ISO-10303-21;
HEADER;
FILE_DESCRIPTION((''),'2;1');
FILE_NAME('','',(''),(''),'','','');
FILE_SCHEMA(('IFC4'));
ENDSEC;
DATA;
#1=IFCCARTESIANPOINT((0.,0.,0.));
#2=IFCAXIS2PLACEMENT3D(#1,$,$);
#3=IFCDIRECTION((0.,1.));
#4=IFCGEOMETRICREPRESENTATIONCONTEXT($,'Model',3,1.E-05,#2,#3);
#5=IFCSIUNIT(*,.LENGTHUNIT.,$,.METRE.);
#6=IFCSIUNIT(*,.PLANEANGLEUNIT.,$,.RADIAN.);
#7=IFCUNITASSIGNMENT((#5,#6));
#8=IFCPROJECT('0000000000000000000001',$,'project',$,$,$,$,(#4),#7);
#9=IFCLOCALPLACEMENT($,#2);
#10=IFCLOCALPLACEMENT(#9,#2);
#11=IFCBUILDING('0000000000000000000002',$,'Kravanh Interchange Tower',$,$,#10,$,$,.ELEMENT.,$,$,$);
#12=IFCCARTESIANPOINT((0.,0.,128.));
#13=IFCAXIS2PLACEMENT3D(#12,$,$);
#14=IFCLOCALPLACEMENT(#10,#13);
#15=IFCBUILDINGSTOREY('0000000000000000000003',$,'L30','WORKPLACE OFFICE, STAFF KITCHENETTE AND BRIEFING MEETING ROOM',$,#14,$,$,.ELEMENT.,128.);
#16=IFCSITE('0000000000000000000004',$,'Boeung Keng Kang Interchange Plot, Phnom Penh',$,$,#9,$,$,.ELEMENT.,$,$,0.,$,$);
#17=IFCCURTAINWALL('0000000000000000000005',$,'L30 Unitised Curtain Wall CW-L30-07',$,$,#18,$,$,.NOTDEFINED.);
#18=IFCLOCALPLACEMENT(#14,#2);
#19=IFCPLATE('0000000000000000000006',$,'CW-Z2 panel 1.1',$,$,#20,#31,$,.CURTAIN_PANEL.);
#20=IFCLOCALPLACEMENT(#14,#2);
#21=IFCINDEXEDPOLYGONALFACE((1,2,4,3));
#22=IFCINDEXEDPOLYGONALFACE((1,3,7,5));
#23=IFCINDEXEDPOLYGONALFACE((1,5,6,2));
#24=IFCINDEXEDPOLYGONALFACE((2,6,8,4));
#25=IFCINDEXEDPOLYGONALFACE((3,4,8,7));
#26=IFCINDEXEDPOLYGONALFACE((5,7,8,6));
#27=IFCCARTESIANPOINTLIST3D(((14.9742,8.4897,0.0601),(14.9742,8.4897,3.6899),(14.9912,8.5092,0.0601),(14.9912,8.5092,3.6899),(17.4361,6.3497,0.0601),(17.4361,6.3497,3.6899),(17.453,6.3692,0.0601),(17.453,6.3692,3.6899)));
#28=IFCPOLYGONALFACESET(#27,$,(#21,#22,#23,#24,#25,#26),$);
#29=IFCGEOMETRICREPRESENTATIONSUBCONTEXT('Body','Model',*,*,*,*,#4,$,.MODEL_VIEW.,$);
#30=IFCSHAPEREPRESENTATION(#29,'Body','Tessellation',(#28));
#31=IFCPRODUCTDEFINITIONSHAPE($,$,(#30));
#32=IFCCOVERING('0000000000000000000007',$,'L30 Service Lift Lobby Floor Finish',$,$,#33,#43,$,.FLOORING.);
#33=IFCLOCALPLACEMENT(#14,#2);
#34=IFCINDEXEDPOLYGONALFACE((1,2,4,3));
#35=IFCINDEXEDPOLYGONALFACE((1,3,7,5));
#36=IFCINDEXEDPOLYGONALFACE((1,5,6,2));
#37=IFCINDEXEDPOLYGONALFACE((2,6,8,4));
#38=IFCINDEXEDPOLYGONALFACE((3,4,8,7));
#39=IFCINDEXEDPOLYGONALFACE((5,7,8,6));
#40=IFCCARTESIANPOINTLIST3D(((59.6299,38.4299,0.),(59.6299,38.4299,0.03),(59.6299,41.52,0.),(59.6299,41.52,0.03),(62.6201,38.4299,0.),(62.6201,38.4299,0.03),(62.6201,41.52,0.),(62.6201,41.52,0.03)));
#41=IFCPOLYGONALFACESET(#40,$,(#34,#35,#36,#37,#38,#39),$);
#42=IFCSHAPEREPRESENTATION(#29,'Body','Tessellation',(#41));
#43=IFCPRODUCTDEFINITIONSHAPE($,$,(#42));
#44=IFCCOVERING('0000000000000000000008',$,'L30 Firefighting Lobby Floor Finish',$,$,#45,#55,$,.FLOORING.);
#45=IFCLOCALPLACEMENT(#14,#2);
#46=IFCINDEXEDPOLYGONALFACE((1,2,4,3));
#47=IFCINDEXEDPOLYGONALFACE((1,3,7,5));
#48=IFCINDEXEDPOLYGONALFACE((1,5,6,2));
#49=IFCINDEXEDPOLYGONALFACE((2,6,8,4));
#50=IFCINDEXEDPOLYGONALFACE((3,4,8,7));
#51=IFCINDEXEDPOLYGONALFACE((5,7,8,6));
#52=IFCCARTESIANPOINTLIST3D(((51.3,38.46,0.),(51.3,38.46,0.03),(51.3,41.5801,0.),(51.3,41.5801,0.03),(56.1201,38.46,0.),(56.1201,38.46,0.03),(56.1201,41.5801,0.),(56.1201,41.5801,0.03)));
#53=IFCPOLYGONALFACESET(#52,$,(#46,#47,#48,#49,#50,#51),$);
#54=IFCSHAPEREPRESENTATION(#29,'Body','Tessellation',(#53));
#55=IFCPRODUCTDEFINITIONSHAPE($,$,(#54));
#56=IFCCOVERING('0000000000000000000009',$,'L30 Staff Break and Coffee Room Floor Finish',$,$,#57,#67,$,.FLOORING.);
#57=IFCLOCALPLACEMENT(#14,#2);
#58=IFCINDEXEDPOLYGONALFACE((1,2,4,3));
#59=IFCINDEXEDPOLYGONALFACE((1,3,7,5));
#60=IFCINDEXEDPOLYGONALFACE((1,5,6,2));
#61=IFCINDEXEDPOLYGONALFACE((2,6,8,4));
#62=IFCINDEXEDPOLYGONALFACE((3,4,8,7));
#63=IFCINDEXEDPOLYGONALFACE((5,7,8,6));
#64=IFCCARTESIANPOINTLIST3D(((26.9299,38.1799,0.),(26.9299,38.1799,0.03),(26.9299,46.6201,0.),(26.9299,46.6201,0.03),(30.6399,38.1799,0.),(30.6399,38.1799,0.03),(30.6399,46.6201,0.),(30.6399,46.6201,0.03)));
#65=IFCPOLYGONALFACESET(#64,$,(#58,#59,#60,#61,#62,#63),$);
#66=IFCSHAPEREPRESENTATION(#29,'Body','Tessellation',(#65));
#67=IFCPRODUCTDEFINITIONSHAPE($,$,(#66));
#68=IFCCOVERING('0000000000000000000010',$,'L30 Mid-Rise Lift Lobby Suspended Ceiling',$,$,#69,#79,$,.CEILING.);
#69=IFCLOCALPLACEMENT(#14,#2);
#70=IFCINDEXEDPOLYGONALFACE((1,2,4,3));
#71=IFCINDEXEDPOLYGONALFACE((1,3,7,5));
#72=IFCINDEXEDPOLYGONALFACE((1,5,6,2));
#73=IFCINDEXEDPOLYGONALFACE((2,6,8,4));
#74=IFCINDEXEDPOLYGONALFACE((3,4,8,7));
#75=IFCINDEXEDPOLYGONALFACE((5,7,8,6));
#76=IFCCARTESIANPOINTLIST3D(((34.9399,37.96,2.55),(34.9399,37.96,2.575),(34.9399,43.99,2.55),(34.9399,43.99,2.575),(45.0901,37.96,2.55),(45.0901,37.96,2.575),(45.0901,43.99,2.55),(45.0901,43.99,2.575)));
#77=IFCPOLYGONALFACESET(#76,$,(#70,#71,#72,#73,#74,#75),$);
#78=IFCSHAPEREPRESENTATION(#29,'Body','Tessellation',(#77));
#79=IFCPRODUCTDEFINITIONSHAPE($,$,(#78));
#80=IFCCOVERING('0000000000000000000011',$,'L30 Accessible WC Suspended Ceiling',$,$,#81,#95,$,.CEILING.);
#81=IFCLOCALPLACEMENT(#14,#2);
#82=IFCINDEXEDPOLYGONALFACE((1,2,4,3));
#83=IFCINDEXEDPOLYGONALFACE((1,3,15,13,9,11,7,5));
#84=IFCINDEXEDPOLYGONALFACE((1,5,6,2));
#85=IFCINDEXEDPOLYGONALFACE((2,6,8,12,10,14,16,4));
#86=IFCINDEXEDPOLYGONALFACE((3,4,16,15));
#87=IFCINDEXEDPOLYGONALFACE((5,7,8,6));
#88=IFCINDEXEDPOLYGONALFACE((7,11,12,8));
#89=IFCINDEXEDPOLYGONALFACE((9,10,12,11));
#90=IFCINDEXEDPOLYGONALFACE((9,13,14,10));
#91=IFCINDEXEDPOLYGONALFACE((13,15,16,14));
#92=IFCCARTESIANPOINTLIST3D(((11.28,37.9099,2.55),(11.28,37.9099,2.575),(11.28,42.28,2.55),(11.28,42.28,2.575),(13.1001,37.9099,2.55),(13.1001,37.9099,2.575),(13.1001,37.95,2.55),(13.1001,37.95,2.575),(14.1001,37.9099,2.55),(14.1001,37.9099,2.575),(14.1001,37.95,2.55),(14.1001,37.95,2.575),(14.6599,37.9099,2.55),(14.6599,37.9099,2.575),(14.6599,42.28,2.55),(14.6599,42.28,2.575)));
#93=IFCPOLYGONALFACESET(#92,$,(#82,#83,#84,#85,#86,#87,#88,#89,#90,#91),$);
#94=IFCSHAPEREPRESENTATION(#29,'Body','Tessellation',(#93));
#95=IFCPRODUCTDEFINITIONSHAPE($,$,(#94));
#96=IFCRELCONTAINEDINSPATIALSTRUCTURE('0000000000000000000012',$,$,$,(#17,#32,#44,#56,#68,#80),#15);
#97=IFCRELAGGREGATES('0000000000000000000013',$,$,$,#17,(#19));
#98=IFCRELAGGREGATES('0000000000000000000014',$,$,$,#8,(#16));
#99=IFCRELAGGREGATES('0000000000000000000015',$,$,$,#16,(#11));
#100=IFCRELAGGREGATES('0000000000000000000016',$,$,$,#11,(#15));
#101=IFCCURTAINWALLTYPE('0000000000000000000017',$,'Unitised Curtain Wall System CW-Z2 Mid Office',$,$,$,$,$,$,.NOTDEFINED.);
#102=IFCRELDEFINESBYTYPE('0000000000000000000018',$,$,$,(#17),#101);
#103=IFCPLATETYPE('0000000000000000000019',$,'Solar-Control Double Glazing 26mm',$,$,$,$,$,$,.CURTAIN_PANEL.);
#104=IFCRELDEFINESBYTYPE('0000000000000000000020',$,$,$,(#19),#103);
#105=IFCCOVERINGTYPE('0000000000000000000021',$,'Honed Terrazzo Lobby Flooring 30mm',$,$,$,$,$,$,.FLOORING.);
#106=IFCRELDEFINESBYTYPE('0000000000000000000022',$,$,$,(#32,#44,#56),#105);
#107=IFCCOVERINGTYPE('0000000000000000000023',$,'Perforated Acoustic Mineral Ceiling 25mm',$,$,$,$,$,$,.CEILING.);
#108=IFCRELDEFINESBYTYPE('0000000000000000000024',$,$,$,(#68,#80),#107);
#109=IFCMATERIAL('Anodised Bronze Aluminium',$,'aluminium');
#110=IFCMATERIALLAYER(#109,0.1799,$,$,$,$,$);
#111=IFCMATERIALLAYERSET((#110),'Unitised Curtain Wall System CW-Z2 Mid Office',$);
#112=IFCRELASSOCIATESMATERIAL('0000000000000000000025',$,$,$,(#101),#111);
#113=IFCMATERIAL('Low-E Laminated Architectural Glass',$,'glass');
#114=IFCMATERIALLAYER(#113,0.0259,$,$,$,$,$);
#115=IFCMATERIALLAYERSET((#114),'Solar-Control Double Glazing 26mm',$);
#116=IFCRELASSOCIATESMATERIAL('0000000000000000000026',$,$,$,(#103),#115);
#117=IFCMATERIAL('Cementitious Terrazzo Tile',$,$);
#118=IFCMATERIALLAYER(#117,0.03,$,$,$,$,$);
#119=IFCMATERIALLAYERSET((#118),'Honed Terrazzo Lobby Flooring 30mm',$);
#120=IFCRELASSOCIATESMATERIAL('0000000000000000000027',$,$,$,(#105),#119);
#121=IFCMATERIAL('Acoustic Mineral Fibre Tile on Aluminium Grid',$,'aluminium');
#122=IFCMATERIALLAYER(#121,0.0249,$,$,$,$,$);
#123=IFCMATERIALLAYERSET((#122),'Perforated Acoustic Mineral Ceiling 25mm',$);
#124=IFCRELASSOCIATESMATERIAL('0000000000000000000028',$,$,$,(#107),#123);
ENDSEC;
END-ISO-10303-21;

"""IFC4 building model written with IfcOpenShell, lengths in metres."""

from ifc_helpers import new_model, si_unit, direction, frame, origin, origin_2d, place, context, subcontext, project, spatial, polyline, rectangle, outline, extrude, material, layer, layer_set, type_object, element, aggregate, save


model = new_model("IFC4")

# Units and contexts
model_context = context("Model", 3, precision=1e-05, world=origin(), true_north=direction((0.0, 1.0)))
body_context = subcontext(model_context, "Body", "Model", "MODEL_VIEW")
ifc_project = project(units=[si_unit("LENGTHUNIT", "METRE"), si_unit("PLANEANGLEUNIT", "RADIAN")], contexts=[model_context])

# Site, building, storey
site_placement = place(None, origin())
site = spatial("IfcSite", under=ifc_project, at=site_placement, Name="Boeung Keng Kang Interchange Plot, Phnom Penh", CompositionType="ELEMENT", RefElevation=0.0)
building_placement = place(site_placement, origin())
building = spatial("IfcBuilding", under=site, at=building_placement, Name="Kravanh Interchange Tower", CompositionType="ELEMENT")
storey_placement = place(building_placement, frame((0.0, 0.0, 128.0)))
storey = spatial("IfcBuildingStorey", under=building, at=storey_placement, Name="L30", Description="WORKPLACE OFFICE, STAFF KITCHENETTE AND BRIEFING MEETING ROOM", CompositionType="ELEMENT", Elevation=128.0)

# Shared definitions
ifc_material_1 = material(Name="Anodised Bronze Aluminium", Category="aluminium")
ifc_layer_1 = layer(ifc_material_1, 0.1799)
ifc_layer_set_1 = layer_set([ifc_layer_1], Name="Unitised Curtain Wall System CW-Z2 Mid Office")
curtain_wall_type = type_object("IfcCurtainWallType", Name="Unitised Curtain Wall System CW-Z2 Mid Office", PredefinedType="NOTDEFINED", material=ifc_layer_set_1)

# Curtain wall
curtain_wall_1_placement = place(storey_placement, origin())
curtain_wall_1 = element("IfcCurtainWall", 1, at=curtain_wall_1_placement, inside=storey, type_object=curtain_wall_type, Name="L30 Unitised Curtain Wall CW-L30-07", PredefinedType="NOTDEFINED")

# Plate
ifc_material_2 = material(Name="Low-E Laminated Architectural Glass", Category="glass")
ifc_layer_2 = layer(ifc_material_2, 0.0259)
ifc_layer_set_2 = layer_set([ifc_layer_2], Name="Solar-Control Double Glazing 26mm")
plate_type = type_object("IfcPlateType", Name="Solar-Control Double Glazing 26mm", PredefinedType="CURTAIN_PANEL", material=ifc_layer_set_2)
plate_1_placement = place(storey_placement, frame((16.2136, 7.4294, 0.0601), z_axis=(0.0, 0.0, 1.0), x_axis=(-0.754719, 0.656048, 0.0)))
plate_1 = element("IfcPlate", 2, at=plate_1_placement, type_object=plate_type, Name="CW-Z2 panel 1.1", PredefinedType="CURTAIN_PANEL", context=body_context, shape_type="SweptSolid", body=[
    extrude(rectangle(XDim=3.262, YDim=0.0259, at=origin_2d()), origin(), (0.0, 0.0, 1.0), 3.6299),
])
aggregate(curtain_wall_1, [plate_1])

# Coverings
ifc_material_3 = material(Name="Cementitious Terrazzo Tile")
ifc_layer_3 = layer(ifc_material_3, 0.03)
ifc_layer_set_3 = layer_set([ifc_layer_3], Name="Honed Terrazzo Lobby Flooring 30mm")
covering_type_1 = type_object("IfcCoveringType", Name="Honed Terrazzo Lobby Flooring 30mm", PredefinedType="FLOORING", material=ifc_layer_set_3)
covering_1_placement = place(storey_placement, origin())
element("IfcCovering", 3, at=covering_1_placement, inside=storey, type_object=covering_type_1, Name="L30 Service Lift Lobby Floor Finish", PredefinedType="FLOORING", context=body_context, shape_type="SweptSolid", body=[
    extrude(outline(polyline([(59.6299, 41.52), (62.6201, 41.52), (62.6201, 38.4299), (59.6299, 38.4299), (59.6299, 41.52)])), origin(), (0.0, 0.0, 1.0), 0.03),
])
covering_2_placement = place(storey_placement, origin())
element("IfcCovering", 4, at=covering_2_placement, inside=storey, type_object=covering_type_1, Name="L30 Firefighting Lobby Floor Finish", PredefinedType="FLOORING", context=body_context, shape_type="SweptSolid", body=[
    extrude(outline(polyline([(56.1201, 38.46), (51.3, 38.46), (51.3, 41.5801), (56.1201, 41.5801), (56.1201, 38.46)])), origin(), (0.0, 0.0, 1.0), 0.03),
])
covering_3_placement = place(storey_placement, origin())
element("IfcCovering", 5, at=covering_3_placement, inside=storey, type_object=covering_type_1, Name="L30 Staff Break and Coffee Room Floor Finish", PredefinedType="FLOORING", context=body_context, shape_type="SweptSolid", body=[
    extrude(outline(polyline([(26.9299, 46.6201), (30.6399, 46.6201), (30.6399, 38.1799), (26.9299, 38.1799), (26.9299, 46.6201)])), origin(), (0.0, 0.0, 1.0), 0.03),
])
ifc_material_4 = material(Name="Acoustic Mineral Fibre Tile on Aluminium Grid", Category="aluminium")
ifc_layer_4 = layer(ifc_material_4, 0.0249)
ifc_layer_set_4 = layer_set([ifc_layer_4], Name="Perforated Acoustic Mineral Ceiling 25mm")
covering_type_2 = type_object("IfcCoveringType", Name="Perforated Acoustic Mineral Ceiling 25mm", PredefinedType="CEILING", material=ifc_layer_set_4)
covering_4_placement = place(storey_placement, frame((0.0, 0.0, 2.55)))
element("IfcCovering", 6, at=covering_4_placement, inside=storey, type_object=covering_type_2, Name="L30 Mid-Rise Lift Lobby Suspended Ceiling", PredefinedType="CEILING", context=body_context, shape_type="SweptSolid", body=[
    extrude(outline(polyline([(45.0901, 37.96), (34.9399, 37.96), (34.9399, 43.99), (45.0901, 43.99), (45.0901, 37.96)])), origin(), (0.0, 0.0, 1.0), 0.0249),
])
covering_5_placement = place(storey_placement, frame((0.0, 0.0, 2.55)))
element("IfcCovering", 7, at=covering_5_placement, inside=storey, type_object=covering_type_2, Name="L30 Accessible WC Suspended Ceiling", PredefinedType="CEILING", context=body_context, shape_type="SweptSolid", body=[
    extrude(outline(polyline([(14.6599, 42.28), (14.6599, 37.9099), (14.1001, 37.9099), (14.1001, 37.95), (13.1001, 37.95), (13.1001, 37.9099), (11.28, 37.9099), (11.28, 42.28), (14.6599, 42.28)])), origin(), (0.0, 0.0, 1.0), 0.0249),
])

save(model, "model.ifc")
